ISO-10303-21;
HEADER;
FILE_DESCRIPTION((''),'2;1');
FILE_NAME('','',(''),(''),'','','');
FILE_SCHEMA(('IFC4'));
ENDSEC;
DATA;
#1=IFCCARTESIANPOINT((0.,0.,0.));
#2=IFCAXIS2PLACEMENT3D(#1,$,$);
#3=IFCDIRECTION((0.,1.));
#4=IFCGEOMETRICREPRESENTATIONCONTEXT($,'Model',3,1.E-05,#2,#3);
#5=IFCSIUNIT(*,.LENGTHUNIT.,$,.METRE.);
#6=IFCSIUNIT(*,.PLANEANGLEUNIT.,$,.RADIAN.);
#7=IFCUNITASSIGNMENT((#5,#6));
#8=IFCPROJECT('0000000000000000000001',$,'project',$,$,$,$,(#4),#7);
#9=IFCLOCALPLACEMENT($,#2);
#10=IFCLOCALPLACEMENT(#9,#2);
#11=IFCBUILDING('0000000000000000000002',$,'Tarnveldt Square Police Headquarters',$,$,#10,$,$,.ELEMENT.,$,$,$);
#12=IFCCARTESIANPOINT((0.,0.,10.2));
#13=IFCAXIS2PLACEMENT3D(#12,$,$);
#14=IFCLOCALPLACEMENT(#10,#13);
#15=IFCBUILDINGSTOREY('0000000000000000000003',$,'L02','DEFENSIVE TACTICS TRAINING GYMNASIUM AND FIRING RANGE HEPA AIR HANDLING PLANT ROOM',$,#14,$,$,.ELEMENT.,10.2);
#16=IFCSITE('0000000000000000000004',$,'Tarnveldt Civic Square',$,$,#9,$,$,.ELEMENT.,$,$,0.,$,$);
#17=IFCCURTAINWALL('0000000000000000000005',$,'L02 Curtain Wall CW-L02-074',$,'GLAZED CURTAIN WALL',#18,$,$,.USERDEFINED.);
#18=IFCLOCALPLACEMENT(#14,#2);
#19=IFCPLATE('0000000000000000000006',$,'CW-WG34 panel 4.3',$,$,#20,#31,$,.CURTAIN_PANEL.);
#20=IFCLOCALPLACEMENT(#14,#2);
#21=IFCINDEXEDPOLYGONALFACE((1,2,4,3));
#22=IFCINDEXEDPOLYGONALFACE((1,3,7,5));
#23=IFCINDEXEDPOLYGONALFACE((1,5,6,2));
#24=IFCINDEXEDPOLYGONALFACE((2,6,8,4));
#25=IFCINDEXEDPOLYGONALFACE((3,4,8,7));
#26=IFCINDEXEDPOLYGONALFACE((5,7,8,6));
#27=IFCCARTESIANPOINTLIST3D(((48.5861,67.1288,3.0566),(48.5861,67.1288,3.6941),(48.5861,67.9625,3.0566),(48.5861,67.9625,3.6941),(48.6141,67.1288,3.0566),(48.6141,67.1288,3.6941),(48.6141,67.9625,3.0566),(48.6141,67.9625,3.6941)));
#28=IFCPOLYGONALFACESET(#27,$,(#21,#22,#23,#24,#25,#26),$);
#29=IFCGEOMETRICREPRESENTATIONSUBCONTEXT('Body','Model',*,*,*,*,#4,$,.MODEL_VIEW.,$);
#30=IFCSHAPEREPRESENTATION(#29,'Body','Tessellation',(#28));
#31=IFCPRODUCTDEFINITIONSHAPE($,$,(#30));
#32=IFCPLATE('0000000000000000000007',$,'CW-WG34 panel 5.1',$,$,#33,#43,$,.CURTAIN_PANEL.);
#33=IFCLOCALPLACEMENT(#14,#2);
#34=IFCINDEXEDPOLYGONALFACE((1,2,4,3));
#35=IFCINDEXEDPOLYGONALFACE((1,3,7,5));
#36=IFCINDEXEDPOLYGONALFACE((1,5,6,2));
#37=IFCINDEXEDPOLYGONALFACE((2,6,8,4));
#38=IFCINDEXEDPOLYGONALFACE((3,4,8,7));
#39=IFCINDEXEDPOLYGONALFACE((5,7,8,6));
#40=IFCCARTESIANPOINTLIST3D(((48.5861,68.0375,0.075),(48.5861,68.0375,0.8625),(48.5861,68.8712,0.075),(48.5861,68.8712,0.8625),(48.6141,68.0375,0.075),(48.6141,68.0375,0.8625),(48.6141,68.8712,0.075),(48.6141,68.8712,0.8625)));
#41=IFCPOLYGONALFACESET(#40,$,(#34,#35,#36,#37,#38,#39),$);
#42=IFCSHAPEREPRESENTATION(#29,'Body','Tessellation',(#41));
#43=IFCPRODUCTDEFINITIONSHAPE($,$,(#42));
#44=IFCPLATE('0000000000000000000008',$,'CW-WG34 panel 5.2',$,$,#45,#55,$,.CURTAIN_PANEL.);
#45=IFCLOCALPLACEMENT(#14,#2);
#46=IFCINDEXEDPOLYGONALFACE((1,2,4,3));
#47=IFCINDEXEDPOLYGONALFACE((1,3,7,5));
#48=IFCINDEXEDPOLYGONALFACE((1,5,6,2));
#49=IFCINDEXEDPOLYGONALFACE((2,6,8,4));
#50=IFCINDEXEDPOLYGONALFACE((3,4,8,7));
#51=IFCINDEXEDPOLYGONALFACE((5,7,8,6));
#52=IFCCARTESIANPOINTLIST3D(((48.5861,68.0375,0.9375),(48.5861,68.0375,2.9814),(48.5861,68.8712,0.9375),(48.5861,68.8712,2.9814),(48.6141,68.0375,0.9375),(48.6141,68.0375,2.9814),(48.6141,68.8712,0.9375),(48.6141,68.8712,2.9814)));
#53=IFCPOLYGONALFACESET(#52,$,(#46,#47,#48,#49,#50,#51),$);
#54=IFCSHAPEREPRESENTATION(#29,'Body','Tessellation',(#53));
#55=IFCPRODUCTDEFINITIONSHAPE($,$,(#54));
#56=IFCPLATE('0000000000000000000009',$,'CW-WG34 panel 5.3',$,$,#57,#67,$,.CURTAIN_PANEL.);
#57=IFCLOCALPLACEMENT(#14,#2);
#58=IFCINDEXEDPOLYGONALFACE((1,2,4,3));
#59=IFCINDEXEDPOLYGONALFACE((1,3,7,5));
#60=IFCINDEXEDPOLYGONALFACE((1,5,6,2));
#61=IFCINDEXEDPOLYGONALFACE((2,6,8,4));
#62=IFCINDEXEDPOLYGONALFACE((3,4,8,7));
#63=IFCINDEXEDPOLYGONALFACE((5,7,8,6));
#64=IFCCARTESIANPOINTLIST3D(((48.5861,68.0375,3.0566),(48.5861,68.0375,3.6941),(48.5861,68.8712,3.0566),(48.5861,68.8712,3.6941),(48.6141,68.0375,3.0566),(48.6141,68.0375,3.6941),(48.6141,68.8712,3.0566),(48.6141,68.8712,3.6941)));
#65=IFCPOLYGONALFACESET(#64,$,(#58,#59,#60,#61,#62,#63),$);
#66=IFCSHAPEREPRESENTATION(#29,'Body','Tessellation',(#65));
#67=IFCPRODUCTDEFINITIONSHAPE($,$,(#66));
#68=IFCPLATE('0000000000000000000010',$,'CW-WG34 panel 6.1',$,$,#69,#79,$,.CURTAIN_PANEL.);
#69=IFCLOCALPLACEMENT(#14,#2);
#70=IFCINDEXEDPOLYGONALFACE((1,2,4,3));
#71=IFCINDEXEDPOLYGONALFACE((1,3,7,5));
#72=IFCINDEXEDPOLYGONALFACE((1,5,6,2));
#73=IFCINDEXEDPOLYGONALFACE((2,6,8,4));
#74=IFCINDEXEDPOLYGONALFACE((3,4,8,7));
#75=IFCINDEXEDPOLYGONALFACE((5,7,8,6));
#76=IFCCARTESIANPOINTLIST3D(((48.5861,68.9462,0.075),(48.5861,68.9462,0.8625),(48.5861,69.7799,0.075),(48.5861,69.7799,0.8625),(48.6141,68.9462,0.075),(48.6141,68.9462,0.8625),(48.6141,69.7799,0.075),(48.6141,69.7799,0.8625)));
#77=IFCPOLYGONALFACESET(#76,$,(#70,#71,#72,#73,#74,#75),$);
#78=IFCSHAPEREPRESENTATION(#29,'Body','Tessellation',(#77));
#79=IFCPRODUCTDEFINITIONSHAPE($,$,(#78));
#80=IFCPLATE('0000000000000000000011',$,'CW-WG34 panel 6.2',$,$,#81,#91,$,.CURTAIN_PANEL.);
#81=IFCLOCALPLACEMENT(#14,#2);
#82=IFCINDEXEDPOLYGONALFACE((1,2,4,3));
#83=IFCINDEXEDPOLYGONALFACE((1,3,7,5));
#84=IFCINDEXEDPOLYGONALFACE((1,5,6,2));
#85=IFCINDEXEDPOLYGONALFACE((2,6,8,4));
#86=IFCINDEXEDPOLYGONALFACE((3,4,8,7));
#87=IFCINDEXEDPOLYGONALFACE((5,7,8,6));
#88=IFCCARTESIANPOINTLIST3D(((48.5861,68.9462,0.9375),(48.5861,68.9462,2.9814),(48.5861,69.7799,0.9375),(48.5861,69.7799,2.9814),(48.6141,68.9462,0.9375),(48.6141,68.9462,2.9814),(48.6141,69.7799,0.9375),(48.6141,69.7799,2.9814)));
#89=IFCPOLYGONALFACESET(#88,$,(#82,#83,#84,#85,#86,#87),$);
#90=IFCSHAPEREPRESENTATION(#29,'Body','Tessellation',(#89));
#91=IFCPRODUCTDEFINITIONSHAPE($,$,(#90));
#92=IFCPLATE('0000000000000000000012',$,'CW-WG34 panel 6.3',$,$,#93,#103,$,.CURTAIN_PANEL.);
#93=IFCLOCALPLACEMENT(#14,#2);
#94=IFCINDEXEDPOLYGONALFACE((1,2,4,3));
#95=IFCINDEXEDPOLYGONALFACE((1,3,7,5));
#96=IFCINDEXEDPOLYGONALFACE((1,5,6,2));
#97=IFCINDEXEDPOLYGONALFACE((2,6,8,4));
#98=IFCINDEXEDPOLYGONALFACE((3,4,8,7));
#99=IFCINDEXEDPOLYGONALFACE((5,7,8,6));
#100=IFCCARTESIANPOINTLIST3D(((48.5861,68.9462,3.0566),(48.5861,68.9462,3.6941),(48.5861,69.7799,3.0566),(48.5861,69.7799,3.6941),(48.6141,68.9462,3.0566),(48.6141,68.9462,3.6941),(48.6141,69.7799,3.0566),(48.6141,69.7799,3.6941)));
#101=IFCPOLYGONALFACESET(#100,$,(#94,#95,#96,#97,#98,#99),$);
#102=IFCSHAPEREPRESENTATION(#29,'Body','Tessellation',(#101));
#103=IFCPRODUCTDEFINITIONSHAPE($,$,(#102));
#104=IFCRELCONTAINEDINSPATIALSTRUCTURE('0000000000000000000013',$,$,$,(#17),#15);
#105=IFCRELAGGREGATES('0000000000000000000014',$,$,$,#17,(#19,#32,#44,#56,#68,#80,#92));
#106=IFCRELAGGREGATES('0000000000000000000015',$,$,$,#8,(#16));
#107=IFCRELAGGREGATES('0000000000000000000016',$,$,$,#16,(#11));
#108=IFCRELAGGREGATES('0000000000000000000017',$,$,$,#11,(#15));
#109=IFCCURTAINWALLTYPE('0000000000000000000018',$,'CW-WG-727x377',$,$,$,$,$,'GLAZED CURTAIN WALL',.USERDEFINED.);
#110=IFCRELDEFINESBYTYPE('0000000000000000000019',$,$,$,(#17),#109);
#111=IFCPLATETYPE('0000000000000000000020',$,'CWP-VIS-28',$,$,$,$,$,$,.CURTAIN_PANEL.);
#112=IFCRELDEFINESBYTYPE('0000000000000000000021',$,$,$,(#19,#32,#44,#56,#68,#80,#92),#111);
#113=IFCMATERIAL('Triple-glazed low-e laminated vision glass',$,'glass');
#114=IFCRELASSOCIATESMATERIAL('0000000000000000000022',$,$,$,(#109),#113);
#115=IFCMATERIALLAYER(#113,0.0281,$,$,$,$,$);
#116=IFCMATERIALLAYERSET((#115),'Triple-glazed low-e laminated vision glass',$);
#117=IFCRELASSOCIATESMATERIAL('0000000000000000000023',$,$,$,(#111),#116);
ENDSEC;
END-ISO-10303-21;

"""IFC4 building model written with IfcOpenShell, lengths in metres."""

from ifc_helpers import new_model, si_unit, direction, frame, origin, origin_2d, place, context, subcontext, project, spatial, rectangle, extrude, material, layer, layer_set, type_object, element, aggregate, save


model = new_model("IFC4")

# Units and contexts
model_context = context("Model", 3, precision=1e-05, world=origin(), true_north=direction((0.0, 1.0)))
body_context = subcontext(model_context, "Body", "Model", "MODEL_VIEW")
ifc_project = project(units=[si_unit("LENGTHUNIT", "METRE"), si_unit("PLANEANGLEUNIT", "RADIAN")], contexts=[model_context])

# Site, building, storey
site_placement = place(None, origin())
site = spatial("IfcSite", under=ifc_project, at=site_placement, Name="Tarnveldt Civic Square", CompositionType="ELEMENT", RefElevation=0.0)
building_placement = place(site_placement, origin())
building = spatial("IfcBuilding", under=site, at=building_placement, Name="Tarnveldt Square Police Headquarters", CompositionType="ELEMENT")
storey_placement = place(building_placement, frame((0.0, 0.0, 10.2)))
storey = spatial("IfcBuildingStorey", under=building, at=storey_placement, Name="L02", Description="DEFENSIVE TACTICS TRAINING GYMNASIUM AND FIRING RANGE HEPA AIR HANDLING PLANT ROOM", CompositionType="ELEMENT", Elevation=10.2)

# Curtain wall, plates
ifc_material_1 = material(Name="Triple-glazed low-e laminated vision glass", Category="glass")
curtain_wall_type = type_object("IfcCurtainWallType", Name="CW-WG-727x377", ElementType="GLAZED CURTAIN WALL", PredefinedType="USERDEFINED", material=ifc_material_1)
curtain_wall_placement = place(storey_placement, origin())
curtain_wall = element("IfcCurtainWall", 1, at=curtain_wall_placement, inside=storey, type_object=curtain_wall_type, Name="L02 Curtain Wall CW-L02-074", ObjectType="GLAZED CURTAIN WALL", PredefinedType="USERDEFINED")
ifc_layer = layer(ifc_material_1, 0.0281)
ifc_layer_set = layer_set([ifc_layer], Name="Triple-glazed low-e laminated vision glass")
plate_type = type_object("IfcPlateType", Name="CWP-VIS-28", PredefinedType="CURTAIN_PANEL", material=ifc_layer_set)
plate_1_placement = place(storey_placement, frame((48.6001, 67.5457, 3.0566), z_axis=(0.0, 0.0, 1.0), x_axis=(0.0, 1.0, 0.0)))
plate_1 = element("IfcPlate", 2, at=plate_1_placement, type_object=plate_type, Name="CW-WG34 panel 4.3", PredefinedType="CURTAIN_PANEL", context=body_context, shape_type="SweptSolid", body=[
    extrude(rectangle(XDim=0.8337, YDim=0.0281, at=origin_2d()), origin(), (0.0, 0.0, 1.0), 0.6375),
])
plate_2_placement = place(storey_placement, frame((48.6001, 68.4543, 0.075), z_axis=(0.0, 0.0, 1.0), x_axis=(0.0, 1.0, 0.0)))
plate_2 = element("IfcPlate", 3, at=plate_2_placement, type_object=plate_type, Name="CW-WG34 panel 5.1", PredefinedType="CURTAIN_PANEL", context=body_context, shape_type="SweptSolid", body=[
    extrude(rectangle(XDim=0.8337, YDim=0.0281, at=origin_2d()), origin(), (0.0, 0.0, 1.0), 0.7876),
])
plate_3_placement = place(storey_placement, frame((48.6001, 68.4543, 0.9375), z_axis=(0.0, 0.0, 1.0), x_axis=(0.0, 1.0, 0.0)))
plate_3 = element("IfcPlate", 4, at=plate_3_placement, type_object=plate_type, Name="CW-WG34 panel 5.2", PredefinedType="CURTAIN_PANEL", context=body_context, shape_type="SweptSolid", body=[
    extrude(rectangle(XDim=0.8337, YDim=0.0281, at=origin_2d()), origin(), (0.0, 0.0, 1.0), 2.0439),
])
plate_4_placement = place(storey_placement, frame((48.6001, 68.4543, 3.0566), z_axis=(0.0, 0.0, 1.0), x_axis=(0.0, 1.0, 0.0)))
plate_4 = element("IfcPlate", 5, at=plate_4_placement, type_object=plate_type, Name="CW-WG34 panel 5.3", PredefinedType="CURTAIN_PANEL", context=body_context, shape_type="SweptSolid", body=[
    extrude(rectangle(XDim=0.8337, YDim=0.0281, at=origin_2d()), origin(), (0.0, 0.0, 1.0), 0.6375),
])
plate_5_placement = place(storey_placement, frame((48.6001, 69.363, 0.075), z_axis=(0.0, 0.0, 1.0), x_axis=(0.0, 1.0, 0.0)))
plate_5 = element("IfcPlate", 6, at=plate_5_placement, type_object=plate_type, Name="CW-WG34 panel 6.1", PredefinedType="CURTAIN_PANEL", context=body_context, shape_type="SweptSolid", body=[
    extrude(rectangle(XDim=0.8337, YDim=0.0281, at=origin_2d()), origin(), (0.0, 0.0, 1.0), 0.7876),
])
plate_6_placement = place(storey_placement, frame((48.6001, 69.363, 0.9375), z_axis=(0.0, 0.0, 1.0), x_axis=(0.0, 1.0, 0.0)))
plate_6 = element("IfcPlate", 7, at=plate_6_placement, type_object=plate_type, Name="CW-WG34 panel 6.2", PredefinedType="CURTAIN_PANEL", context=body_context, shape_type="SweptSolid", body=[
    extrude(rectangle(XDim=0.8337, YDim=0.0281, at=origin_2d()), origin(), (0.0, 0.0, 1.0), 2.0439),
])
plate_7_placement = place(storey_placement, frame((48.6001, 69.363, 3.0566), z_axis=(0.0, 0.0, 1.0), x_axis=(0.0, 1.0, 0.0)))
plate_7 = element("IfcPlate", 8, at=plate_7_placement, type_object=plate_type, Name="CW-WG34 panel 6.3", PredefinedType="CURTAIN_PANEL", context=body_context, shape_type="SweptSolid", body=[
    extrude(rectangle(XDim=0.8337, YDim=0.0281, at=origin_2d()), origin(), (0.0, 0.0, 1.0), 0.6375),
])
aggregate(curtain_wall, [plate_1, plate_2, plate_3, plate_4, plate_5, plate_6, plate_7])

save(model, "model.ifc")
